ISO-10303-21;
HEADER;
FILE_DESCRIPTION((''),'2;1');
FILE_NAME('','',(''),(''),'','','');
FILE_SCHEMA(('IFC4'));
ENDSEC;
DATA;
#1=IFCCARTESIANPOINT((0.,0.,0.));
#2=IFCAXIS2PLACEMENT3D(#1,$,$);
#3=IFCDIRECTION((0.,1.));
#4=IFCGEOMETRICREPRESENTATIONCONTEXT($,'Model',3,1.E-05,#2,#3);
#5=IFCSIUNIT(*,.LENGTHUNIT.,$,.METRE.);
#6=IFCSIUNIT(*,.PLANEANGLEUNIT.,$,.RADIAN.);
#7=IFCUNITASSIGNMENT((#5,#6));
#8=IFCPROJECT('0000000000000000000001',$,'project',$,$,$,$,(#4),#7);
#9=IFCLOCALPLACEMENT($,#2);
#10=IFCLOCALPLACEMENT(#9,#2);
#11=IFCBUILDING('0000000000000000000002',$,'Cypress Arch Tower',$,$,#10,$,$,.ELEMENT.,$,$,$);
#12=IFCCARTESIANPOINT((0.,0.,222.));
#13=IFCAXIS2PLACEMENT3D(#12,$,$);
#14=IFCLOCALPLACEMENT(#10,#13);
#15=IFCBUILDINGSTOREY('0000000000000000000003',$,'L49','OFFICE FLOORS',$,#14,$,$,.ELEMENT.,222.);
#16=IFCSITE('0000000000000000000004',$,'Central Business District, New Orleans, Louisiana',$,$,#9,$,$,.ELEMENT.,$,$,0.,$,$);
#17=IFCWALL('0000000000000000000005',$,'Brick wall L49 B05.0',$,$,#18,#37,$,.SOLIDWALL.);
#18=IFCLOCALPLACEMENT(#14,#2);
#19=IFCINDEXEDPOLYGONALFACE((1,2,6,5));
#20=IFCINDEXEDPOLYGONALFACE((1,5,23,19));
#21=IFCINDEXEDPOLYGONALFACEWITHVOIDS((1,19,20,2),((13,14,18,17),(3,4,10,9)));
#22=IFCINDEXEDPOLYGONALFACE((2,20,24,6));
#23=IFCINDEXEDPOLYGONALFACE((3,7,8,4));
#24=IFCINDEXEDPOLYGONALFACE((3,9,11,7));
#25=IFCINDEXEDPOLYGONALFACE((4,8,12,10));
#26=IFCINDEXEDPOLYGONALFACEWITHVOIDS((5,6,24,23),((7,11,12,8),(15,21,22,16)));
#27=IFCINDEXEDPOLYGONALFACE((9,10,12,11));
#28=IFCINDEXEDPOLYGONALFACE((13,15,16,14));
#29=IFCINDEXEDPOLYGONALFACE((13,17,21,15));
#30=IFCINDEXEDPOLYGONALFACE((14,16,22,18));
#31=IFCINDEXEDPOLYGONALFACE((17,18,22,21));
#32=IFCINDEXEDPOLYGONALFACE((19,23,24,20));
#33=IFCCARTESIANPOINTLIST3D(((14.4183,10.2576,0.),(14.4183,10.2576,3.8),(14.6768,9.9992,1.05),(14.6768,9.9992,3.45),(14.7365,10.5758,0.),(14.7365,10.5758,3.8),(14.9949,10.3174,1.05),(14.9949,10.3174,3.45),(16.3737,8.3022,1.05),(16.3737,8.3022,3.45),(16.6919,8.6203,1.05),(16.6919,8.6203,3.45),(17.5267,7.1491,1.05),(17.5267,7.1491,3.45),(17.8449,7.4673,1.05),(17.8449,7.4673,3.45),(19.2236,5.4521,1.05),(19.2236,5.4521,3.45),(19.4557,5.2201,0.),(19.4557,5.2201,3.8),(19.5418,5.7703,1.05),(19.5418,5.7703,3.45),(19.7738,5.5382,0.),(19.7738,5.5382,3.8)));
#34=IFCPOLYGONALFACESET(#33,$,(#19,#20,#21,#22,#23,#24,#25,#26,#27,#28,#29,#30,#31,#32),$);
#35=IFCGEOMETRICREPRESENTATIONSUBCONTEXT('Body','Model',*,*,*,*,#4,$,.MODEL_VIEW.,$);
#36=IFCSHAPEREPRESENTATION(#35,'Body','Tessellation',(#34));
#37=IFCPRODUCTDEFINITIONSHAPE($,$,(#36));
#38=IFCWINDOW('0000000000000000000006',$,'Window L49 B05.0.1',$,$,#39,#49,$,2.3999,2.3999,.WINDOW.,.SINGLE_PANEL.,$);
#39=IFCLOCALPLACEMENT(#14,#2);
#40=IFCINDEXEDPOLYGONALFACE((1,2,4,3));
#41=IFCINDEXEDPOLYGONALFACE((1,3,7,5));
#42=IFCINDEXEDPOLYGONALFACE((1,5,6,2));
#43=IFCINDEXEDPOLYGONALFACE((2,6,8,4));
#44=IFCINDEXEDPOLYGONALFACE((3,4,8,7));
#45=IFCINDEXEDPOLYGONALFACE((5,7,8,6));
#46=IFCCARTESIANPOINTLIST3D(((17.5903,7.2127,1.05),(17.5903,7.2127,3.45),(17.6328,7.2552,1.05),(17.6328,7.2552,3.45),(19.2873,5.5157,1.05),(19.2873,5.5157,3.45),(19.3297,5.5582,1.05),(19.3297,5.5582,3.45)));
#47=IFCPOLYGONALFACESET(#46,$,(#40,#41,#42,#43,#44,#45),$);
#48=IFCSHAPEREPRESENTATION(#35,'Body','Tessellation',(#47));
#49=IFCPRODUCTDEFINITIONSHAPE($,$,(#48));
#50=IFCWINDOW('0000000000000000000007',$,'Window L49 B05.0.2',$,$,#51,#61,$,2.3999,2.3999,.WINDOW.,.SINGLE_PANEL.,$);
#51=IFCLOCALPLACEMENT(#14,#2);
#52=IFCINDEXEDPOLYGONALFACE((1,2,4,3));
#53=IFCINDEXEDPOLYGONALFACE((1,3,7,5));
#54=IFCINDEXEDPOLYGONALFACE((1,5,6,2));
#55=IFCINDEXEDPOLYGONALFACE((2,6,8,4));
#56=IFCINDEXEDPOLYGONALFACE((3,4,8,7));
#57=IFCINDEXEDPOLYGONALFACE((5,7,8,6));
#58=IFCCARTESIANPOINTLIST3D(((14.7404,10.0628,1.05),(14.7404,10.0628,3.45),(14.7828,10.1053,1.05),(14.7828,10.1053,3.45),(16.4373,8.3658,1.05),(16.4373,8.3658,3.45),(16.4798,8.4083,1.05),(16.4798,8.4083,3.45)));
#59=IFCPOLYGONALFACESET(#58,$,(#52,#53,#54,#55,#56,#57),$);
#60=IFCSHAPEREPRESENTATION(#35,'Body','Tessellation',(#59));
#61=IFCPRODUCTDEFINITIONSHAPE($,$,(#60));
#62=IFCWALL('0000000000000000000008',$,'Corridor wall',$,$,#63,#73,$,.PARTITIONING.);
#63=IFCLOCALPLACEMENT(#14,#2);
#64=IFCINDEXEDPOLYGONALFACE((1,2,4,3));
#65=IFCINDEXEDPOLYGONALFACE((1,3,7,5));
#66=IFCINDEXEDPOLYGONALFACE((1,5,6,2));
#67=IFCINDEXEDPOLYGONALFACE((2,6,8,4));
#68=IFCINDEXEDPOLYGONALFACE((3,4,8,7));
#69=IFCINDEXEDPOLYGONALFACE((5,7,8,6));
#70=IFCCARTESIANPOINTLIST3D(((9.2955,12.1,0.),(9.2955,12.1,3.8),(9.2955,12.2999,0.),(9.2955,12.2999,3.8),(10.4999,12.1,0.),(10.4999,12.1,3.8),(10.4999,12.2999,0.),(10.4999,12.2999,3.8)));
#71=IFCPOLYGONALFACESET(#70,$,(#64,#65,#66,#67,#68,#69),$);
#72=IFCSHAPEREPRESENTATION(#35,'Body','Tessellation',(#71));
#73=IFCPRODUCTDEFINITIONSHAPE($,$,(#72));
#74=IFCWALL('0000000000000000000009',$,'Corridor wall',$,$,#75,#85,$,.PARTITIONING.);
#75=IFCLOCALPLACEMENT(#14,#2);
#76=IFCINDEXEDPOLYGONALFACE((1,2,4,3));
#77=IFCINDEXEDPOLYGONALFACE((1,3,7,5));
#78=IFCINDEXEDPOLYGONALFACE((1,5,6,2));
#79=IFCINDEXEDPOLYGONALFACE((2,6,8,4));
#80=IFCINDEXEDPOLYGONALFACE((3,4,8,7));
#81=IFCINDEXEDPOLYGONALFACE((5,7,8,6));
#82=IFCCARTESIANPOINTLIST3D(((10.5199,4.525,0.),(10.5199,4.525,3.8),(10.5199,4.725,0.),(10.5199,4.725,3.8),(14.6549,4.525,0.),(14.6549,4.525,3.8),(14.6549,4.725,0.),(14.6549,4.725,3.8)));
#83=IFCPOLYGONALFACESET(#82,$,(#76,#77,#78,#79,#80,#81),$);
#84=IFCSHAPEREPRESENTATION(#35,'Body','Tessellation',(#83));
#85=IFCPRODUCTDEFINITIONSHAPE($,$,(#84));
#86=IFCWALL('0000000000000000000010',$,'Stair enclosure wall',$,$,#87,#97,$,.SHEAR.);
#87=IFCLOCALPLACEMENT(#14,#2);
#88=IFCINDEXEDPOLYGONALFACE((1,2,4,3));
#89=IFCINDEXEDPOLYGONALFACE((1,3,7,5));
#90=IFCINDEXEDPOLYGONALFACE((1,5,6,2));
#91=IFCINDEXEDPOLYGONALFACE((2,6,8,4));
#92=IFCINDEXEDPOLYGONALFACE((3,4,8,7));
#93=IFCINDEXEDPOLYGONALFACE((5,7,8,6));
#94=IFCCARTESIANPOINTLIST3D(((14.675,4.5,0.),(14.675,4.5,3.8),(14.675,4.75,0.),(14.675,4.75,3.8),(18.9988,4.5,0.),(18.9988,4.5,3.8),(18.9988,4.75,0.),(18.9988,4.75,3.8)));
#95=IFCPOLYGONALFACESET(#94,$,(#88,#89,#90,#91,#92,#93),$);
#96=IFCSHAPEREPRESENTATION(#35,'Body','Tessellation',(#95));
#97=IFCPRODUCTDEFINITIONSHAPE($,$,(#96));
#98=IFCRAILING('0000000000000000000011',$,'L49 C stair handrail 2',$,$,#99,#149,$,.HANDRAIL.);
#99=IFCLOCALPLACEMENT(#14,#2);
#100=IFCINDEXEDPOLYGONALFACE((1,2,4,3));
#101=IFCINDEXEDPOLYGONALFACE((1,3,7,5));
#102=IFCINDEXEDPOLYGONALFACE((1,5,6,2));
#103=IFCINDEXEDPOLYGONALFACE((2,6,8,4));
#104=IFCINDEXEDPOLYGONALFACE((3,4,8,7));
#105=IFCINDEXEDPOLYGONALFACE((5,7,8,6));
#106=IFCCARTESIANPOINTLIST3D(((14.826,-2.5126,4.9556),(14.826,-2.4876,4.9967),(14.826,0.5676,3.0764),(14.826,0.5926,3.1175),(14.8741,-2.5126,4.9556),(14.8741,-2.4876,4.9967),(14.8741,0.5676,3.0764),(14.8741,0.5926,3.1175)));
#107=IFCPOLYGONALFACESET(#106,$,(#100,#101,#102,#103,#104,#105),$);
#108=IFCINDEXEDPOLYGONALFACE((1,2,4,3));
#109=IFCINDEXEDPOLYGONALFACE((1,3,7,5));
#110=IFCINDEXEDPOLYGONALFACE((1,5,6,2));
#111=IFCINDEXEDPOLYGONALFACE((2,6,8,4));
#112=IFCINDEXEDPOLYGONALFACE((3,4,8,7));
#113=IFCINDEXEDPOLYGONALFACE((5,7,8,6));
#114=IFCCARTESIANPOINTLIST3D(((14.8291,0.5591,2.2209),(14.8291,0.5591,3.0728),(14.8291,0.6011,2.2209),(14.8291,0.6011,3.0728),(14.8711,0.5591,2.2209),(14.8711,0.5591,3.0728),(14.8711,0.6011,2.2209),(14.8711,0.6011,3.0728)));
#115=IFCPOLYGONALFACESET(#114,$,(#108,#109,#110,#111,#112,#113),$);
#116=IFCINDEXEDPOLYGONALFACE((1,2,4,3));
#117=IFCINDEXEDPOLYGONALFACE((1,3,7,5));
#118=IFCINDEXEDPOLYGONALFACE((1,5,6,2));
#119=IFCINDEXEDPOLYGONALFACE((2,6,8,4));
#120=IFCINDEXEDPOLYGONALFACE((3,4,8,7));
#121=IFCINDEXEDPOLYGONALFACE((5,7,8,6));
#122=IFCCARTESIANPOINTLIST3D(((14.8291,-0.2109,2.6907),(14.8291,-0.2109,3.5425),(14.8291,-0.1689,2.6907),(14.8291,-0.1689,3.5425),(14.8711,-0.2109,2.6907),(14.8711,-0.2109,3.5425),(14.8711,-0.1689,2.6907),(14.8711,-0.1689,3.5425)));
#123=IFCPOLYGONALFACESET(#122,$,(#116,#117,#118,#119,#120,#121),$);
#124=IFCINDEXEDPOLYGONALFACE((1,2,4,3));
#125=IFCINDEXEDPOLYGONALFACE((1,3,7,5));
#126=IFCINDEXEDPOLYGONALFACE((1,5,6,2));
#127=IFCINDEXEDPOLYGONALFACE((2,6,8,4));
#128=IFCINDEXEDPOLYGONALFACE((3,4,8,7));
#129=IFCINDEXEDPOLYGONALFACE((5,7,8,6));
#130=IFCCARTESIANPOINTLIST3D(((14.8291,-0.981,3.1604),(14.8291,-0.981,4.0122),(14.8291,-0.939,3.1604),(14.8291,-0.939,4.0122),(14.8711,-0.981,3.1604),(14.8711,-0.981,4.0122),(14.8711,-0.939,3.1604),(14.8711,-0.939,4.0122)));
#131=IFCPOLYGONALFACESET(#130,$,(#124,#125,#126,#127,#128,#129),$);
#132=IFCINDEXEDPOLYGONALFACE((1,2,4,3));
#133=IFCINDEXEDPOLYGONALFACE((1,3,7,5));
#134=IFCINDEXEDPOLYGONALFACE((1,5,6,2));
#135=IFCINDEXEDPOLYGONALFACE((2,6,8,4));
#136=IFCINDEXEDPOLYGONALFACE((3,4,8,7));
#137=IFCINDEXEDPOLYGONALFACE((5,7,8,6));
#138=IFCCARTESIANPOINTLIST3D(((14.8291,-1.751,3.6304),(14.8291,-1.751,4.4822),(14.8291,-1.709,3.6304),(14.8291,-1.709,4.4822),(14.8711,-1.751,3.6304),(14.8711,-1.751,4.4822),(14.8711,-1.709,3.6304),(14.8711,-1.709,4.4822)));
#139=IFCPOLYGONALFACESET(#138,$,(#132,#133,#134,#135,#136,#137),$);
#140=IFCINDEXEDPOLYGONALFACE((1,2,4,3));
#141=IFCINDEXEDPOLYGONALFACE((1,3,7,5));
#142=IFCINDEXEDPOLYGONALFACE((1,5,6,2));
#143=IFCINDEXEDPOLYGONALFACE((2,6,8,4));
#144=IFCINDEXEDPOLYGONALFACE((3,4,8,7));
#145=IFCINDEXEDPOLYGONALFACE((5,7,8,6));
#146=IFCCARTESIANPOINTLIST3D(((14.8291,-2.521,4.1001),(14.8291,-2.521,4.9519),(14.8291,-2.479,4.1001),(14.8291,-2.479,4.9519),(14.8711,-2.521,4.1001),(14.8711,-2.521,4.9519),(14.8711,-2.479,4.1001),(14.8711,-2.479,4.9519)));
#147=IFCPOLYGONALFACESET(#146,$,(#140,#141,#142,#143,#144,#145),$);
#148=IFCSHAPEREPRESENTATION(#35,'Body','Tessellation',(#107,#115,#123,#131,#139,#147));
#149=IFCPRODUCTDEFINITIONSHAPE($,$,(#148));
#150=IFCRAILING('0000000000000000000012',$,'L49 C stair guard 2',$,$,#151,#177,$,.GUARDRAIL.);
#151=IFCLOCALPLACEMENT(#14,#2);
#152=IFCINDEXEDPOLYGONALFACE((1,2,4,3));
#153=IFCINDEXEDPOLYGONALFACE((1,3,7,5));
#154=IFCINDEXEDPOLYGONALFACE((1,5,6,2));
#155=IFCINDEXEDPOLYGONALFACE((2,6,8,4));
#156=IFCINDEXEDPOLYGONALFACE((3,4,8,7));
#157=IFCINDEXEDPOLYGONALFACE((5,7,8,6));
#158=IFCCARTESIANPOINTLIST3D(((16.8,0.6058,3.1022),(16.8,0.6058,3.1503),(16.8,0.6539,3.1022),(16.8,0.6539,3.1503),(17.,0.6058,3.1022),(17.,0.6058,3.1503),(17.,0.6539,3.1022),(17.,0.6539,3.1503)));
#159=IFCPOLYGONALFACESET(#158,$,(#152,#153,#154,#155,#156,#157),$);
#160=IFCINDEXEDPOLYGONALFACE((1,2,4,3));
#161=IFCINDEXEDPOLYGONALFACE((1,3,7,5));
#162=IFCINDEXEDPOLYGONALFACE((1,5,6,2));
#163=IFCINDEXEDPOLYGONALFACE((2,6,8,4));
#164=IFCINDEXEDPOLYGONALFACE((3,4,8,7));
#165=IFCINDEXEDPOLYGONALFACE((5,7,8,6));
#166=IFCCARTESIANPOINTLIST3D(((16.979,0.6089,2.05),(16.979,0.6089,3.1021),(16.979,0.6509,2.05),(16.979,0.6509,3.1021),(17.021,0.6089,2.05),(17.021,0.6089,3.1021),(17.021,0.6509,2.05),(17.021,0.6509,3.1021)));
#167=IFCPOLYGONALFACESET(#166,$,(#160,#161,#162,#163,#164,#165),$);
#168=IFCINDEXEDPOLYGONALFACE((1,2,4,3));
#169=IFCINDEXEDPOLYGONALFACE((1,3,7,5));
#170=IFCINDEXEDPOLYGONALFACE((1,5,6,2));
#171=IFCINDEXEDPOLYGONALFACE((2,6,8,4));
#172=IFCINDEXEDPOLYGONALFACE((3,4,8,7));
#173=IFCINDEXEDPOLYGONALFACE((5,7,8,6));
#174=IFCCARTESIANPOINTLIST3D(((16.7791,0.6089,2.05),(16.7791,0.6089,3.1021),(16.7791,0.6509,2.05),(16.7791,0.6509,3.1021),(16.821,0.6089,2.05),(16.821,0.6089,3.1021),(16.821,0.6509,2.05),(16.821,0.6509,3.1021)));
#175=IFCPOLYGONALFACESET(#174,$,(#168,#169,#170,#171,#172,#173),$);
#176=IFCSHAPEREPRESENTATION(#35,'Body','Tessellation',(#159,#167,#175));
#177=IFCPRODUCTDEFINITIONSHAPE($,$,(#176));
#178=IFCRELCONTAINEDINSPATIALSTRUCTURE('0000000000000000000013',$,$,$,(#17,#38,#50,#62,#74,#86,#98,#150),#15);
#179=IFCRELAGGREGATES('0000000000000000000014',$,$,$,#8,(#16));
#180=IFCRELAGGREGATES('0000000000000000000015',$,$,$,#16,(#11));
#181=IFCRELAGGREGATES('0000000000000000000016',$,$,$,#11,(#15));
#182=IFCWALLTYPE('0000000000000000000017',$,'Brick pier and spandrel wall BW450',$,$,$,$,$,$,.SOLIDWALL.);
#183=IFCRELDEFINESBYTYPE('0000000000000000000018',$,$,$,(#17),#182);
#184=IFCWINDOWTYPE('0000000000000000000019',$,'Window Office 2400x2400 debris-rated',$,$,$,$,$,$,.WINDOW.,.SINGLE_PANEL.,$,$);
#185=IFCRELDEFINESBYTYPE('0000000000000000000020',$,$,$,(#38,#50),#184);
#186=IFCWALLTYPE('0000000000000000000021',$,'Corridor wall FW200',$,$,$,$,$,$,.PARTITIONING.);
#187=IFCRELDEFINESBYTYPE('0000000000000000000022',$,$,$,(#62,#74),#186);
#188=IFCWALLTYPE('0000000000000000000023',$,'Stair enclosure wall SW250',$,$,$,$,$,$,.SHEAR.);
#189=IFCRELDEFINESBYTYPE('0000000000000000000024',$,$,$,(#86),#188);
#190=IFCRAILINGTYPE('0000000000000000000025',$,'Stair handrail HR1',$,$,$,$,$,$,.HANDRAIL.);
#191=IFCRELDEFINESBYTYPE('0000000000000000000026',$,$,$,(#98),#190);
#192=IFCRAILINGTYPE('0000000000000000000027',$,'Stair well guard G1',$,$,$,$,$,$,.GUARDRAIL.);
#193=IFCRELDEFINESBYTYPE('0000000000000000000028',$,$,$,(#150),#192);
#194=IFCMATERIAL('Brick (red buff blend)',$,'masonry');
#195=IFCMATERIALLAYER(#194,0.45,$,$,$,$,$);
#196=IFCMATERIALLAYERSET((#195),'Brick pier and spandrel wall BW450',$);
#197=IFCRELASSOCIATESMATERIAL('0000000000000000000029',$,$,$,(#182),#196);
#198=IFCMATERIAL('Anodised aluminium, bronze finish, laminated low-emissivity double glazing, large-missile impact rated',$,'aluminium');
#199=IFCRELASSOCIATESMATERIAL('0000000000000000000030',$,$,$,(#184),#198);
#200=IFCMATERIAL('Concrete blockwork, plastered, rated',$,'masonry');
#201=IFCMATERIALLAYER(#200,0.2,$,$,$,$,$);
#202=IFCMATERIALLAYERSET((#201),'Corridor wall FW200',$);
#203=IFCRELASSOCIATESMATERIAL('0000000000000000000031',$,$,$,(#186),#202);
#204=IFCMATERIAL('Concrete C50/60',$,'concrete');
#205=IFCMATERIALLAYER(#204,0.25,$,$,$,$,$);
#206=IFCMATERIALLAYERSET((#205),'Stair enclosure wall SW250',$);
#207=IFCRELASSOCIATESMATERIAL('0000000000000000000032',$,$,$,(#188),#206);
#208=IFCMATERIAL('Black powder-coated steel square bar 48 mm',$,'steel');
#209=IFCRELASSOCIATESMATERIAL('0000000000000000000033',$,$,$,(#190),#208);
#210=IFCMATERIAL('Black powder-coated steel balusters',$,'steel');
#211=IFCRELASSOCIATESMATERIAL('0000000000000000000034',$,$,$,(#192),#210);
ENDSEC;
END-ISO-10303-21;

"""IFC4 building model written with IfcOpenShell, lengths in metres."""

from ifc_helpers import new_model, si_unit, direction, frame, frame_2d, origin, origin_2d, place, context, subcontext, project, spatial, rectangle, extrude, material, layer, layer_set, type_object, element, fill, save


model = new_model("IFC4")

# Units and contexts
model_context = context("Model", 3, precision=1e-05, world=origin(), true_north=direction((0.0, 1.0)))
body_context = subcontext(model_context, "Body", "Model", "MODEL_VIEW")
ifc_project = project(units=[si_unit("LENGTHUNIT", "METRE"), si_unit("PLANEANGLEUNIT", "RADIAN")], contexts=[model_context])

# Site, building, storey
site_placement = place(None, origin())
site = spatial("IfcSite", under=ifc_project, at=site_placement, Name="Central Business District, New Orleans, Louisiana", CompositionType="ELEMENT", RefElevation=0.0)
building_placement = place(site_placement, origin())
building = spatial("IfcBuilding", under=site, at=building_placement, Name="Cypress Arch Tower", CompositionType="ELEMENT")
storey_placement = place(building_placement, frame((0.0, 0.0, 222.0)))
storey = spatial("IfcBuildingStorey", under=building, at=storey_placement, Name="L49", Description="OFFICE FLOORS", CompositionType="ELEMENT", Elevation=222.0)

# Wall, openings, windows
ifc_material_1 = material(Name="Brick (red buff blend)", Category="masonry")
ifc_layer_1 = layer(ifc_material_1, 0.45)
ifc_layer_set_1 = layer_set([ifc_layer_1], Name="Brick pier and spandrel wall BW450")
wall_type_1 = type_object("IfcWallType", Name="Brick pier and spandrel wall BW450", PredefinedType="SOLIDWALL", material=ifc_layer_set_1)
wall_1_placement = place(storey_placement, frame((19.6147, 5.3792, 0.0), z_axis=(0.0, 0.0, 1.0), x_axis=(-0.70709, 0.707124, 0.0)))
wall_1 = element("IfcWall", 1, at=wall_1_placement, inside=storey, type_object=wall_type_1, Name="Brick wall L49 B05.0", PredefinedType="SOLIDWALL", context=body_context, shape_type="SweptSolid", body=[
    extrude(rectangle(XDim=7.124, YDim=0.45, at=frame_2d((3.562, 0.0))), origin(), (0.0, 0.0, 1.0), 3.8),
])
opening_1_placement = place(wall_1_placement, frame((0.3281, 0.0, 1.05)))
opening_1 = element("IfcOpeningElement", 2, at=opening_1_placement, cuts=wall_1, PredefinedType="OPENING", context=body_context, shape_type="SweptSolid", body=[
    extrude(rectangle(XDim=2.3999, YDim=2.3999, at=frame_2d((1.2, 1.2))), frame((0.0, 0.2349, 0.0), z_axis=(0.0, -1.0, 0.0), x_axis=(1.0, 0.0, 0.0)), (0.0, 0.0, 1.0), 0.47),
])
opening_2_placement = place(wall_1_placement, frame((4.3586, 0.0, 1.05)))
opening_2 = element("IfcOpeningElement", 3, at=opening_2_placement, cuts=wall_1, PredefinedType="OPENING", context=body_context, shape_type="SweptSolid", body=[
    extrude(rectangle(XDim=2.3999, YDim=2.3999, at=frame_2d((1.2, 1.2))), frame((0.0, 0.2349, 0.0), z_axis=(0.0, -1.0, 0.0), x_axis=(1.0, 0.0, 0.0)), (0.0, 0.0, 1.0), 0.47),
])
ifc_material_2 = material(Name="Anodised aluminium, bronze finish, laminated low-emissivity double glazing, large-missile impact rated", Category="aluminium")
window_type = type_object("IfcWindowType", Name="Window Office 2400x2400 debris-rated", PartitioningType="SINGLE_PANEL", PredefinedType="WINDOW", material=ifc_material_2)
window_1_placement = place(opening_1_placement, origin())
window_1 = element("IfcWindow", 4, at=window_1_placement, inside=storey, type_object=window_type, Name="Window L49 B05.0.1", OverallHeight=2.3999, OverallWidth=2.3999, PartitioningType="SINGLE_PANEL", PredefinedType="WINDOW", context=body_context, shape_type="SweptSolid", body=[
    extrude(rectangle(XDim=2.3999, YDim=2.3999, at=frame_2d((1.2, 1.2))), frame((0.0, 0.135, 0.0), z_axis=(0.0, -1.0, 0.0), x_axis=(1.0, 0.0, 0.0)), (0.0, 0.0, 1.0), 0.0601),
])
fill(opening_1, window_1)
window_2_placement = place(opening_2_placement, origin())
window_2 = element("IfcWindow", 5, at=window_2_placement, inside=storey, type_object=window_type, Name="Window L49 B05.0.2", OverallHeight=2.3999, OverallWidth=2.3999, PartitioningType="SINGLE_PANEL", PredefinedType="WINDOW", context=body_context, shape_type="SweptSolid", body=[
    extrude(rectangle(XDim=2.3999, YDim=2.3999, at=frame_2d((1.2, 1.2))), frame((0.0, 0.135, 0.0), z_axis=(0.0, -1.0, 0.0), x_axis=(1.0, 0.0, 0.0)), (0.0, 0.0, 1.0), 0.0601),
])
fill(opening_2, window_2)

# Walls
ifc_material_3 = material(Name="Concrete blockwork, plastered, rated", Category="masonry")
ifc_layer_2 = layer(ifc_material_3, 0.2)
ifc_layer_set_2 = layer_set([ifc_layer_2], Name="Corridor wall FW200")
wall_type_2 = type_object("IfcWallType", Name="Corridor wall FW200", PredefinedType="PARTITIONING", material=ifc_layer_set_2)
wall_2_placement = place(storey_placement, frame((9.2957, 12.2, 0.0), z_axis=(0.0, 0.0, 1.0), x_axis=(1.0, 0.0, 0.0)))
element("IfcWall", 6, at=wall_2_placement, inside=storey, type_object=wall_type_2, Name="Corridor wall", PredefinedType="PARTITIONING", context=body_context, shape_type="SweptSolid", body=[
    extrude(rectangle(XDim=1.2043, YDim=0.2, at=frame_2d((0.6021, 0.0))), origin(), (0.0, 0.0, 1.0), 3.8),
])
wall_3_placement = place(storey_placement, frame((10.52, 4.625, 0.0), z_axis=(0.0, 0.0, 1.0), x_axis=(1.0, 0.0, 0.0)))
element("IfcWall", 7, at=wall_3_placement, inside=storey, type_object=wall_type_2, Name="Corridor wall", PredefinedType="PARTITIONING", context=body_context, shape_type="SweptSolid", body=[
    extrude(rectangle(XDim=4.135, YDim=0.2, at=frame_2d((2.0674, 0.0))), origin(), (0.0, 0.0, 1.0), 3.8),
])
ifc_material_4 = material(Name="Concrete C50/60", Category="concrete")
ifc_layer_3 = layer(ifc_material_4, 0.25)
ifc_layer_set_3 = layer_set([ifc_layer_3], Name="Stair enclosure wall SW250")
wall_type_3 = type_object("IfcWallType", Name="Stair enclosure wall SW250", PredefinedType="SHEAR", material=ifc_layer_set_3)
wall_4_placement = place(storey_placement, frame((14.675, 4.625, 0.0), z_axis=(0.0, 0.0, 1.0), x_axis=(1.0, 0.0, 0.0)))
element("IfcWall", 8, at=wall_4_placement, inside=storey, type_object=wall_type_3, Name="Stair enclosure wall", PredefinedType="SHEAR", context=body_context, shape_type="SweptSolid", body=[
    extrude(rectangle(XDim=4.3237, YDim=0.25, at=frame_2d((2.1619, 0.0))), origin(), (0.0, 0.0, 1.0), 3.8),
])

# Railings
ifc_material_5 = material(Name="Black powder-coated steel square bar 48 mm", Category="steel")
railing_type_1 = type_object("IfcRailingType", Name="Stair handrail HR1", PredefinedType="HANDRAIL", material=ifc_material_5)
railing_1_placement = place(storey_placement, frame((14.8501, 0.5801, 2.2209)))
element("IfcRailing", 9, at=railing_1_placement, inside=storey, type_object=railing_type_1, Name="L49 C stair handrail 2", PredefinedType="HANDRAIL", context=body_context, shape_type="SweptSolid", body=[
    extrude(rectangle(XDim=0.0481, YDim=0.0481, at=origin_2d()), frame((0.0, 0.0, 0.876), z_axis=(0.0, -0.853666, 0.52082), x_axis=(1.0, 0.0, 0.0)), (0.0, 0.0, 1.0), 3.6082),
    extrude(rectangle(XDim=0.042, YDim=0.042, at=origin_2d()), origin(), (0.0, 0.0, 1.0), 0.8518),
    extrude(rectangle(XDim=0.042, YDim=0.042, at=origin_2d()), frame((0.0, -0.77, 0.4697)), (0.0, 0.0, 1.0), 0.8518),
    extrude(rectangle(XDim=0.042, YDim=0.042, at=origin_2d()), frame((0.0, -1.54, 0.9395)), (0.0, 0.0, 1.0), 0.8518),
    extrude(rectangle(XDim=0.042, YDim=0.042, at=origin_2d()), frame((0.0, -2.3101, 1.4094)), (0.0, 0.0, 1.0), 0.8518),
    extrude(rectangle(XDim=0.042, YDim=0.042, at=origin_2d()), frame((0.0, -3.0801, 1.8792)), (0.0, 0.0, 1.0), 0.8518),
])
ifc_material_6 = material(Name="Black powder-coated steel balusters", Category="steel")
railing_type_2 = type_object("IfcRailingType", Name="Stair well guard G1", PredefinedType="GUARDRAIL", material=ifc_material_6)
railing_2_placement = place(storey_placement, frame((17.0, 0.6299, 2.05)))
element("IfcRailing", 10, at=railing_2_placement, inside=storey, type_object=railing_type_2, Name="L49 C stair guard 2", PredefinedType="GUARDRAIL", context=body_context, shape_type="SweptSolid", body=[
    extrude(rectangle(XDim=0.0481, YDim=0.0481, at=origin_2d()), frame((0.0, 0.0, 1.0762), z_axis=(-1.0, 0.0, 0.0), x_axis=(0.0, -1.0, 0.0)), (0.0, 0.0, 1.0), 0.2),
    extrude(rectangle(XDim=0.042, YDim=0.042, at=origin_2d()), origin(), (0.0, 0.0, 1.0), 1.052),
    extrude(rectangle(XDim=0.042, YDim=0.042, at=origin_2d()), frame((-0.2, 0.0, 0.0)), (0.0, 0.0, 1.0), 1.052),
])

save(model, "model.ifc")
